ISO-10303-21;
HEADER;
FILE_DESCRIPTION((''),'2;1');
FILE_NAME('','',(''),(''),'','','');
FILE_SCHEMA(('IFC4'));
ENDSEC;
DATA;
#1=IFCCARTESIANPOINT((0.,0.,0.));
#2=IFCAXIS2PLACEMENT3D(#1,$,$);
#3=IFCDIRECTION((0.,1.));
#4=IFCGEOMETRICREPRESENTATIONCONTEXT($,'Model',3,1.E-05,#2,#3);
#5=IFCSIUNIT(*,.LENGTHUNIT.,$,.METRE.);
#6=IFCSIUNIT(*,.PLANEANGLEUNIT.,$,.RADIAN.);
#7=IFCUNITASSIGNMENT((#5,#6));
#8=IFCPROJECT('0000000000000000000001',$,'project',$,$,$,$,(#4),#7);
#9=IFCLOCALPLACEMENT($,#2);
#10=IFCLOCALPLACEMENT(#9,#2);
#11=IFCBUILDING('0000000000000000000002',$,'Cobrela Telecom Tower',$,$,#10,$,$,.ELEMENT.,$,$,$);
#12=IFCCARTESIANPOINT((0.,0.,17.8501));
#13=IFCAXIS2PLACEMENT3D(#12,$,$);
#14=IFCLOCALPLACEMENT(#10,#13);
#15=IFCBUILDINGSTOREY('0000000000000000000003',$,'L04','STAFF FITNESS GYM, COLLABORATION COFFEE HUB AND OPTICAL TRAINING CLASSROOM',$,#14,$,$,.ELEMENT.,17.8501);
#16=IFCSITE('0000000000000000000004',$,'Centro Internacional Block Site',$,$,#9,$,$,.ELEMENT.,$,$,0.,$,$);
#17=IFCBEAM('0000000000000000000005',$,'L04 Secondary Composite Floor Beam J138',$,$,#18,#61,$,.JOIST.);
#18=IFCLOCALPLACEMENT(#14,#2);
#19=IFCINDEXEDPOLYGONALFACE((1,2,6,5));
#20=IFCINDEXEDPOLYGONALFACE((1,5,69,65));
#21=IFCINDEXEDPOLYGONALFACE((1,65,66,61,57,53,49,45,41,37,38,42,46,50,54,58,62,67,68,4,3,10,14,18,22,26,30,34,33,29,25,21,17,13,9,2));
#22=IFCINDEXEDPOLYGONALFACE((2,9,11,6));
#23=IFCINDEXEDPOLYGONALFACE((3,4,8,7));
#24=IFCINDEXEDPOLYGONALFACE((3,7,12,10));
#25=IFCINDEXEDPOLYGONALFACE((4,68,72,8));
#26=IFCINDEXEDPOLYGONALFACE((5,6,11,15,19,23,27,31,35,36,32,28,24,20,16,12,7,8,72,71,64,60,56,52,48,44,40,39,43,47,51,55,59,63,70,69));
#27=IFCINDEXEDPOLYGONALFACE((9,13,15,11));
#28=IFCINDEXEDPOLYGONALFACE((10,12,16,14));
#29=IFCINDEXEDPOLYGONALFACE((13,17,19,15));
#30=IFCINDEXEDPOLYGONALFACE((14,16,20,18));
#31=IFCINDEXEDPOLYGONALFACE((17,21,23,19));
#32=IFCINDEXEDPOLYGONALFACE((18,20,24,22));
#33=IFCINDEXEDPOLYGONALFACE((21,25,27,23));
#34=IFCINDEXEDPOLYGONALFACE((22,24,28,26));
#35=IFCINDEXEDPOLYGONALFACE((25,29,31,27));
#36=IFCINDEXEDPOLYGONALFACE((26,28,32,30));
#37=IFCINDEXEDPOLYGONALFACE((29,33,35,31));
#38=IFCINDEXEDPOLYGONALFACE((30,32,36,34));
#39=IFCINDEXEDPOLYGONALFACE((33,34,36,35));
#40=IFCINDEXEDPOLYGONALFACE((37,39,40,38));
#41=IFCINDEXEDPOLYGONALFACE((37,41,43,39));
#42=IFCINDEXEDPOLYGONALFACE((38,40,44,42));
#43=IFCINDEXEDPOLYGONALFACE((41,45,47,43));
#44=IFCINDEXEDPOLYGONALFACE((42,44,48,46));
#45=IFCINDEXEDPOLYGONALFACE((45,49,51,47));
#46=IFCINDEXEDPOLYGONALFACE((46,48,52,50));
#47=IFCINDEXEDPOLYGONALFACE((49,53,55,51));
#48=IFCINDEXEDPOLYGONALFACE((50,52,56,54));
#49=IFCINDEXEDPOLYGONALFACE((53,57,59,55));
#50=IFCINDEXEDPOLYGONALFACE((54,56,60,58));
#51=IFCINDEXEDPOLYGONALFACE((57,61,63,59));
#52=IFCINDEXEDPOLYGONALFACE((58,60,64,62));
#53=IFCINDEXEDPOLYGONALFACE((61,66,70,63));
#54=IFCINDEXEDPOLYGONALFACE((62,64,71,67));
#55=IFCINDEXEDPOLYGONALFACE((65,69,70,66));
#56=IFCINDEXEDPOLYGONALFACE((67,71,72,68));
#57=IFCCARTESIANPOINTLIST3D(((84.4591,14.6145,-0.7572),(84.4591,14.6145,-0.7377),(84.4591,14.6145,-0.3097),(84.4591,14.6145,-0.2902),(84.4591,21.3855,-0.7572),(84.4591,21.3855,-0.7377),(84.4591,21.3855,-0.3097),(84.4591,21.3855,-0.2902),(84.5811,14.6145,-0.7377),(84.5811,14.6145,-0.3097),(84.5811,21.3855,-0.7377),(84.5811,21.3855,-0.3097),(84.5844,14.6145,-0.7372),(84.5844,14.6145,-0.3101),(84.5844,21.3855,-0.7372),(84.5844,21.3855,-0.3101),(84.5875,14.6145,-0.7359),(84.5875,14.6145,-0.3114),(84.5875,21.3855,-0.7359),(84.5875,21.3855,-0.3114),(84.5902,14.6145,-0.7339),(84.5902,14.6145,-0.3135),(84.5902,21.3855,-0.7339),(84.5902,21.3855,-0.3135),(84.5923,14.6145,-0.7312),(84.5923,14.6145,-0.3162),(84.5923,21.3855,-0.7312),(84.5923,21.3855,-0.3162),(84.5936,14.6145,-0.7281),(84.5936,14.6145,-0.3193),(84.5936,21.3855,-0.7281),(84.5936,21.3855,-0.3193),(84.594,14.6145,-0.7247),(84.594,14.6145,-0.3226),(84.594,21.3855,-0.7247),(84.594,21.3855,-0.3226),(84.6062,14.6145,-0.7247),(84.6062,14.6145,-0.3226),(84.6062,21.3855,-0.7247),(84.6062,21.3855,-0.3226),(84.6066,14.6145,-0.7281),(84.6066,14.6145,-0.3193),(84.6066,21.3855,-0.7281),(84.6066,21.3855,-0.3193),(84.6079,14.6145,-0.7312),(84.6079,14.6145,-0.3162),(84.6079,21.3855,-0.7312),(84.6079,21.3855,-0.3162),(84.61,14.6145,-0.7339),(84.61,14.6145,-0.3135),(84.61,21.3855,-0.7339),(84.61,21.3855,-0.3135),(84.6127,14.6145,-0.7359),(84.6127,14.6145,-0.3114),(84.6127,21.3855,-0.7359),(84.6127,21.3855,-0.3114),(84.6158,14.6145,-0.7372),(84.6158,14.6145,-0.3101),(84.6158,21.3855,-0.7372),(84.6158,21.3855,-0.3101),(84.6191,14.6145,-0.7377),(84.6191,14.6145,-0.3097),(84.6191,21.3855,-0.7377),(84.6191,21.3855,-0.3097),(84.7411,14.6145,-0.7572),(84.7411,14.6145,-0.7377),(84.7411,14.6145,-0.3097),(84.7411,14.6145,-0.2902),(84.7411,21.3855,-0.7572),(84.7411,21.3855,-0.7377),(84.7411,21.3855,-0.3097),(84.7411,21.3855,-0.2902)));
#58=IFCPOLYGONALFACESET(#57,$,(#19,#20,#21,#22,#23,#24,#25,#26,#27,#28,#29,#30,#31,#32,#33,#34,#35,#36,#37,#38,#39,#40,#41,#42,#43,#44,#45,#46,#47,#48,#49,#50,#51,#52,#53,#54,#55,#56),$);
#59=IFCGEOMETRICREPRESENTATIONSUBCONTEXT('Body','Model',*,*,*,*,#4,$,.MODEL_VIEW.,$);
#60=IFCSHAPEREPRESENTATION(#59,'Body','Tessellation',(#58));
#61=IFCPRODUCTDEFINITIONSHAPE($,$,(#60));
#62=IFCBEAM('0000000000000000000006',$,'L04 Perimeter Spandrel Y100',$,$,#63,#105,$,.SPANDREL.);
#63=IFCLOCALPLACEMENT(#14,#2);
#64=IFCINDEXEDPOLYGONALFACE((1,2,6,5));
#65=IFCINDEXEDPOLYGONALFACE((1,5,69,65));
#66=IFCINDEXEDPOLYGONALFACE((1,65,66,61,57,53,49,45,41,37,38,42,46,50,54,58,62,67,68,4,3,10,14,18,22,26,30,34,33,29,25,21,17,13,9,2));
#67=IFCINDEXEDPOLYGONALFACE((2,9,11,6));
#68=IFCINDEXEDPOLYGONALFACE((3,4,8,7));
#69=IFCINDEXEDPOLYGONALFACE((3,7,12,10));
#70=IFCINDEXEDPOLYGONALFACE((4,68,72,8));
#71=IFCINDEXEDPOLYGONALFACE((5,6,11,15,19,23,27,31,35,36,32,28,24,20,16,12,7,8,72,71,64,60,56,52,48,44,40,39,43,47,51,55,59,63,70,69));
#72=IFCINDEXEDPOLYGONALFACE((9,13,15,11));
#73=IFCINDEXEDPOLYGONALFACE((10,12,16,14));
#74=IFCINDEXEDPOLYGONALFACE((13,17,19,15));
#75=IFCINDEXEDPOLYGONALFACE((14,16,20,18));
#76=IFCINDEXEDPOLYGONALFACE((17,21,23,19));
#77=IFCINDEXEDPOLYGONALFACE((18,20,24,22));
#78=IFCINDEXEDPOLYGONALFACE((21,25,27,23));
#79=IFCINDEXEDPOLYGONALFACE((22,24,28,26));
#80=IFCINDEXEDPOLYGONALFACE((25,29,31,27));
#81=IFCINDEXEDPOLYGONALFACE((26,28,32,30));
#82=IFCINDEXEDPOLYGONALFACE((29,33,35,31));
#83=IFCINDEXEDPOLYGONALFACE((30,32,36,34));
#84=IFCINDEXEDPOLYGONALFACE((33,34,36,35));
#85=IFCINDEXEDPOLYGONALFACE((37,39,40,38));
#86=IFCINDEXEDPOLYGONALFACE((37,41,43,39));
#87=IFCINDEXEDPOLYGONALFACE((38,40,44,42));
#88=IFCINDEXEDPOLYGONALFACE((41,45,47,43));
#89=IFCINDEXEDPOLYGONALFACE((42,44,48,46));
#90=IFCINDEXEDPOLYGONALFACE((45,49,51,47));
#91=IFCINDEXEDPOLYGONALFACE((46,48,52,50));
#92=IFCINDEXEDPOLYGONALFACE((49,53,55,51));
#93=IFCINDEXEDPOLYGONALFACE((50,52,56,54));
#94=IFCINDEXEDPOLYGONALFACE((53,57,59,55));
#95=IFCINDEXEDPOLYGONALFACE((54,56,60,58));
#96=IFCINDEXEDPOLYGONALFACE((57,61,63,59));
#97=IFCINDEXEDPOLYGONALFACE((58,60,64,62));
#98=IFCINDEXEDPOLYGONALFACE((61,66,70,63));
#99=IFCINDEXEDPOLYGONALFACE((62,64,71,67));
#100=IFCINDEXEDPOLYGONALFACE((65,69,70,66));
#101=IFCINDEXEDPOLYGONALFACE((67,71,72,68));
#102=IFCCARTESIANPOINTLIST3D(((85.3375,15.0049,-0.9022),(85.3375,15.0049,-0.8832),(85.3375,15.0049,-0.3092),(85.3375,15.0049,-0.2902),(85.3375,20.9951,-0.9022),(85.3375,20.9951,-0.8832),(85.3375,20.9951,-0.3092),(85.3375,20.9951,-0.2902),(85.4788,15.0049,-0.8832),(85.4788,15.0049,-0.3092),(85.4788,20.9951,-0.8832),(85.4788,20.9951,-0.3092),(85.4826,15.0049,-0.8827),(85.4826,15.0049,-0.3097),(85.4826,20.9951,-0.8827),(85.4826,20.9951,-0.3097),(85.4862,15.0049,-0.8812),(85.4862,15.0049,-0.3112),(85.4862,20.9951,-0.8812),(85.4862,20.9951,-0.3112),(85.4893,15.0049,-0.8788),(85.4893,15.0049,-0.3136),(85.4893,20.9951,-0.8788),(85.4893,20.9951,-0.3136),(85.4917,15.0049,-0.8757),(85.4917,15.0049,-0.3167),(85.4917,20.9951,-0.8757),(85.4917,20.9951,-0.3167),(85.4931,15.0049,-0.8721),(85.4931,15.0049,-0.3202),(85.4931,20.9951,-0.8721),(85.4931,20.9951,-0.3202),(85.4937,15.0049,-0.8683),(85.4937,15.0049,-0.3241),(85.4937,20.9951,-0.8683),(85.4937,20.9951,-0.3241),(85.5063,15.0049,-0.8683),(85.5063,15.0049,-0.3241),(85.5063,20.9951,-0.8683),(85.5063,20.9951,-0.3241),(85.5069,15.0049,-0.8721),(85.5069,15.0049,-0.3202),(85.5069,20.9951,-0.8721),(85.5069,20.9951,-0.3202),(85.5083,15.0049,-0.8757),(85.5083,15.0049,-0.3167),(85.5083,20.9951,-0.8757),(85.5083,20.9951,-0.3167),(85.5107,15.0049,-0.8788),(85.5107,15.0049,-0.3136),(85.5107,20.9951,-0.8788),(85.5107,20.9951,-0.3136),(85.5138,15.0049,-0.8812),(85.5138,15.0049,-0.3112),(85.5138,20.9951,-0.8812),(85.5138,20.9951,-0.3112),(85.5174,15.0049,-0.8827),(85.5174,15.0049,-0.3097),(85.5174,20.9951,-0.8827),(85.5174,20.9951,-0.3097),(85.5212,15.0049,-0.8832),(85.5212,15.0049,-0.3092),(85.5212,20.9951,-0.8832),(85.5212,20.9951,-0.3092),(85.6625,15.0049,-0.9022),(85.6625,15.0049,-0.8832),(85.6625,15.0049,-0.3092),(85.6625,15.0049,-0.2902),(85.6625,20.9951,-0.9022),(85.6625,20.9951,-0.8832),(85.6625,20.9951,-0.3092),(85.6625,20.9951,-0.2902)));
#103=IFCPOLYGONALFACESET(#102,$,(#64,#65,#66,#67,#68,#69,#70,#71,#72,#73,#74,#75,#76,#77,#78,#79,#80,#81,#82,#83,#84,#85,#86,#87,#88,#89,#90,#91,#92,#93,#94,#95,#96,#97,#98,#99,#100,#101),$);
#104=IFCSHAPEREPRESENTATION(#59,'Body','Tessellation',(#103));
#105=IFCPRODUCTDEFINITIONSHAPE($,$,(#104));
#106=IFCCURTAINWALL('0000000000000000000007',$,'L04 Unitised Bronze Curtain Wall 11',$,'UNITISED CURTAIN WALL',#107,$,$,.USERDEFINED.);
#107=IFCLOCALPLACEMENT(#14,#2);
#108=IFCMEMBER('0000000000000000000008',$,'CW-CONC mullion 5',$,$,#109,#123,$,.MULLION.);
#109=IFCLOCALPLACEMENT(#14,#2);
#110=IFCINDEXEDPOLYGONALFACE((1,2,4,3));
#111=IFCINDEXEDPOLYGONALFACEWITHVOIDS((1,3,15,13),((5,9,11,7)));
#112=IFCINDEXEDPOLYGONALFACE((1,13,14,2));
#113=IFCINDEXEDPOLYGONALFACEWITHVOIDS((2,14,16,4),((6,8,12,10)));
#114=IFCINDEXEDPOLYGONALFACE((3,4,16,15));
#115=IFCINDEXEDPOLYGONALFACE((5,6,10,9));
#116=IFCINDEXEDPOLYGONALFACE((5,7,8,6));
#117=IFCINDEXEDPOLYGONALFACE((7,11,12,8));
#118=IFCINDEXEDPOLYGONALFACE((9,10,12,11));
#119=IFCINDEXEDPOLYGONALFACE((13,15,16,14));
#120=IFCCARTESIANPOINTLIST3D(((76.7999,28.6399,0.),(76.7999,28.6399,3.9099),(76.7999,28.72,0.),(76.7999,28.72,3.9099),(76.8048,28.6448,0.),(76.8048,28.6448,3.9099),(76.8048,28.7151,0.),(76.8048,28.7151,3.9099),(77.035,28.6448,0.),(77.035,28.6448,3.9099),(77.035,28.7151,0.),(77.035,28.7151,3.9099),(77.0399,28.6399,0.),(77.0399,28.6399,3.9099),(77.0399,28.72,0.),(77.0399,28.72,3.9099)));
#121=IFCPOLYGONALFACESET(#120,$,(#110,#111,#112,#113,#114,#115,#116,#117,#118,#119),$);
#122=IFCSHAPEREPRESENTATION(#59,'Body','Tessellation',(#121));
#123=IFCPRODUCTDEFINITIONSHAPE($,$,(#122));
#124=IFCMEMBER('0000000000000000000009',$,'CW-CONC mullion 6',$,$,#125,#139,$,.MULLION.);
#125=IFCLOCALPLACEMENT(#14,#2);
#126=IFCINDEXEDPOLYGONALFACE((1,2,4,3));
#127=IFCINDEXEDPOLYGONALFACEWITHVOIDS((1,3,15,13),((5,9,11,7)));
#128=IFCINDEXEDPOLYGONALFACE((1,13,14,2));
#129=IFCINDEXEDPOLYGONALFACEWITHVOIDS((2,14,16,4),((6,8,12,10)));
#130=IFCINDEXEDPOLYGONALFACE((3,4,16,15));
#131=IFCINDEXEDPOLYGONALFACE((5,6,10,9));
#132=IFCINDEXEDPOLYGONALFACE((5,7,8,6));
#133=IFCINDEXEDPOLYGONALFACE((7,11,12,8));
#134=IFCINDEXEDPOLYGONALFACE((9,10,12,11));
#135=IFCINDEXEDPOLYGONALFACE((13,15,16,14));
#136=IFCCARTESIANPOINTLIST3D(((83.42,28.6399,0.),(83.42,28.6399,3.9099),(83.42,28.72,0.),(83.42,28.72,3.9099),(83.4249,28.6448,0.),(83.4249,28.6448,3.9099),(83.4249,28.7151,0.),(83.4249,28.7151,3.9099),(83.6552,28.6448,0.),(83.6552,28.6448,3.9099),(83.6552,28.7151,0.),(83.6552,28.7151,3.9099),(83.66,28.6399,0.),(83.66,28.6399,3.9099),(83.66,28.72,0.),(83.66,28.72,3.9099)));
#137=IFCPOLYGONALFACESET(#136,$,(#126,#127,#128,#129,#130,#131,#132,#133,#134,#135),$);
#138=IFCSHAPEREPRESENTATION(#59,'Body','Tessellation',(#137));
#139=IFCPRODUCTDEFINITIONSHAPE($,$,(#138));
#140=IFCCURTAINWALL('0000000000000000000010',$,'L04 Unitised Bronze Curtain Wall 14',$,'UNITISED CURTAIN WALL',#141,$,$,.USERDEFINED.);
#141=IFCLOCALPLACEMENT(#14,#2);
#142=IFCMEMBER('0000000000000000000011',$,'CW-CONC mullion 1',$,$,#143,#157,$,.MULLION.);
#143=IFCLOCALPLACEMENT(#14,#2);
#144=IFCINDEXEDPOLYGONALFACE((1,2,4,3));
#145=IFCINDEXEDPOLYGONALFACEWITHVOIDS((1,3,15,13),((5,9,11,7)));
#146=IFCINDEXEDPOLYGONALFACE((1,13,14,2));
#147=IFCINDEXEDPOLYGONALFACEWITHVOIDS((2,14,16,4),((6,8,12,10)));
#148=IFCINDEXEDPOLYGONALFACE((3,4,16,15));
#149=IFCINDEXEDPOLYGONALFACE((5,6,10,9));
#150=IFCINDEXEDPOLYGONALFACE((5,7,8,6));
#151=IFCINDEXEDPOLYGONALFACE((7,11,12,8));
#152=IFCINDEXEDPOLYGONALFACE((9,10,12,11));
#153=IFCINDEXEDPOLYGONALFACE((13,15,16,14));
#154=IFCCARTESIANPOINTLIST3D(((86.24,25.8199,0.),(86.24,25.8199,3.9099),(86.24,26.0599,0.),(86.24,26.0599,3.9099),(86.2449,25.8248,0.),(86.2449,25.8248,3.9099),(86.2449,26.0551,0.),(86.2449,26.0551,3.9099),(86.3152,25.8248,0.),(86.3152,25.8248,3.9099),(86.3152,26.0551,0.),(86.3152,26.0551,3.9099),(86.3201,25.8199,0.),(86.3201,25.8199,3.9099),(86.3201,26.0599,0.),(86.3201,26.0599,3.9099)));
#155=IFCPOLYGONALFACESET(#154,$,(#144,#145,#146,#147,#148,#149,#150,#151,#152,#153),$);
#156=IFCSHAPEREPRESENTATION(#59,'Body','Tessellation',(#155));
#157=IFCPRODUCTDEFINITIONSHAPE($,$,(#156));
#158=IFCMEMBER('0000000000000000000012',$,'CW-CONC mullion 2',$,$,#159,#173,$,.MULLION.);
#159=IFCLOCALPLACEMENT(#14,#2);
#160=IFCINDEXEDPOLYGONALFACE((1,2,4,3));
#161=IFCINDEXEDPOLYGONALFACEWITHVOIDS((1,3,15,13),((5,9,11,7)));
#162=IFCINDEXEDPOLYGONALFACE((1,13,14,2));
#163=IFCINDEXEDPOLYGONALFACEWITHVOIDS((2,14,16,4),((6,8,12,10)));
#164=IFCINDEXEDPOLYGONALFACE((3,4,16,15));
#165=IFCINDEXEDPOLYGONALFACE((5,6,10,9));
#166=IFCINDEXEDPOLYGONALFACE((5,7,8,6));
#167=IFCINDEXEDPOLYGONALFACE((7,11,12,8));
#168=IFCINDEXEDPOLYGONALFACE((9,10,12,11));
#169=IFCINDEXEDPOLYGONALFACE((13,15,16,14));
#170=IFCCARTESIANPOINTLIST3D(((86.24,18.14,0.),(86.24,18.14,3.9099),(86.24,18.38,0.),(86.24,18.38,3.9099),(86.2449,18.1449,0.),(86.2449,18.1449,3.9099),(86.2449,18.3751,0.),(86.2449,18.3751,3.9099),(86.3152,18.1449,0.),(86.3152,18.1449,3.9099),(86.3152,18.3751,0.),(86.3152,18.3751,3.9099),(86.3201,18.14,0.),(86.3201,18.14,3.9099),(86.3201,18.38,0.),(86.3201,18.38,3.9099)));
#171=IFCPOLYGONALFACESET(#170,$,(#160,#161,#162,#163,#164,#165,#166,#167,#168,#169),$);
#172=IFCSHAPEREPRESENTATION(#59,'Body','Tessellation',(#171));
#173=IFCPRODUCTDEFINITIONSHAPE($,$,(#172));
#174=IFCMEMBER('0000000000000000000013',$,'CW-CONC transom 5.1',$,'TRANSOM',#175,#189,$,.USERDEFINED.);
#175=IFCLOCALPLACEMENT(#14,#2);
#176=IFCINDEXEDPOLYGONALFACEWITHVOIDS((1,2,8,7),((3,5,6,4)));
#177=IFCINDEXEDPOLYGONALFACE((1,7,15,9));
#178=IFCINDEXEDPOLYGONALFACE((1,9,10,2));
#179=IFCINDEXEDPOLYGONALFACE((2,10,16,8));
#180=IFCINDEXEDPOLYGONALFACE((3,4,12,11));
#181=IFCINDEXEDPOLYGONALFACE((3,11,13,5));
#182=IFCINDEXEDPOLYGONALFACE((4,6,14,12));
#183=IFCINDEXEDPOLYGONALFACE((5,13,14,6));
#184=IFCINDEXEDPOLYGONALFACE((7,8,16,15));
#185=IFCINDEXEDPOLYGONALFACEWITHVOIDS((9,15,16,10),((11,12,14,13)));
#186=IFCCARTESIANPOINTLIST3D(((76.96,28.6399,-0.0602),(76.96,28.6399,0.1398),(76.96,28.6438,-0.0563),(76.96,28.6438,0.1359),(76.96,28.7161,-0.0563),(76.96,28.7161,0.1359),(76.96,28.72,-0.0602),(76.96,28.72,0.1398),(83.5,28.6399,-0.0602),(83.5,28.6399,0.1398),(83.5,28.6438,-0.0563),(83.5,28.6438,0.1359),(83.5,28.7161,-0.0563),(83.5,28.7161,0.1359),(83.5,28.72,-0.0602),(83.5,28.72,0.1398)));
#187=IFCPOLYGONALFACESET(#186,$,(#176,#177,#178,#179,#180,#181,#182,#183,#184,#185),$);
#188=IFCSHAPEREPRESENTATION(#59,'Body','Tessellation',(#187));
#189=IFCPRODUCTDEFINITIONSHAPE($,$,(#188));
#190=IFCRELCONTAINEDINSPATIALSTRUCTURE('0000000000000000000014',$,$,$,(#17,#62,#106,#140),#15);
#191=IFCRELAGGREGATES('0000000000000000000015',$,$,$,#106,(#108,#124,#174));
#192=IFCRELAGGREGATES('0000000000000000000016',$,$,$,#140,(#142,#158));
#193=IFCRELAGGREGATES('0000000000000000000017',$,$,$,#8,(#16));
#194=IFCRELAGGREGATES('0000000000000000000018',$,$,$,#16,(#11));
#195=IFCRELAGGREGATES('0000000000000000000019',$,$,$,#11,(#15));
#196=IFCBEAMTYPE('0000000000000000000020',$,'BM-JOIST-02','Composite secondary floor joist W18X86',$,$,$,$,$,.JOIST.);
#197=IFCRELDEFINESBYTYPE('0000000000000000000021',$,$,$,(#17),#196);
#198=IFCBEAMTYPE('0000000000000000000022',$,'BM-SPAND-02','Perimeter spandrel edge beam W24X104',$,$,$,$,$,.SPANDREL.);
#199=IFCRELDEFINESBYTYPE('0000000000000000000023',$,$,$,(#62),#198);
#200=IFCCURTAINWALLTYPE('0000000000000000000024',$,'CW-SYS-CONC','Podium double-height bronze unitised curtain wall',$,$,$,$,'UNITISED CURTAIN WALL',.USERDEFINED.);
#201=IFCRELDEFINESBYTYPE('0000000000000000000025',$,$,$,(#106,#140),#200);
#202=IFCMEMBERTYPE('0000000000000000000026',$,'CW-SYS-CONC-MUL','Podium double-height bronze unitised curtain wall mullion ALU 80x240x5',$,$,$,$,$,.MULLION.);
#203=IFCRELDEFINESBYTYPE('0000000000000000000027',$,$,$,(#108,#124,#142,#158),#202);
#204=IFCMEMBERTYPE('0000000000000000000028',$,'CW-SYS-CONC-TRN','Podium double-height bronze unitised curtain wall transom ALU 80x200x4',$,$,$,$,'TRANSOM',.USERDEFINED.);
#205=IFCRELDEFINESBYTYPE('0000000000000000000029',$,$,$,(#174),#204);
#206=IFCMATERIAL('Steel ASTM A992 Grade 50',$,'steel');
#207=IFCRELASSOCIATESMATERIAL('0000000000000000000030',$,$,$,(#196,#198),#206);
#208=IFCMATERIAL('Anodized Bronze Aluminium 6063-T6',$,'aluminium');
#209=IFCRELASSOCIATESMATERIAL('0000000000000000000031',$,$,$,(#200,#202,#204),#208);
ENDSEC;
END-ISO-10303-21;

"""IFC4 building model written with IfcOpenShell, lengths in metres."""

from ifc_helpers import new_model, si_unit, direction, frame, origin, origin_2d, place, context, subcontext, project, spatial, hollow_rectangle, i_section, extrude, material, material_profile, profile_set, type_object, element, aggregate, save


model = new_model("IFC4")

# Units and contexts
model_context = context("Model", 3, precision=1e-05, world=origin(), true_north=direction((0.0, 1.0)))
body_context = subcontext(model_context, "Body", "Model", "MODEL_VIEW")
ifc_project = project(units=[si_unit("LENGTHUNIT", "METRE"), si_unit("PLANEANGLEUNIT", "RADIAN")], contexts=[model_context])

# Site, building, storey
site_placement = place(None, origin())
site = spatial("IfcSite", under=ifc_project, at=site_placement, Name="Centro Internacional Block Site", CompositionType="ELEMENT", RefElevation=0.0)
building_placement = place(site_placement, origin())
building = spatial("IfcBuilding", under=site, at=building_placement, Name="Cobrela Telecom Tower", CompositionType="ELEMENT")
storey_placement = place(building_placement, frame((0.0, 0.0, 17.8501)))
storey = spatial("IfcBuildingStorey", under=building, at=storey_placement, Name="L04", Description="STAFF FITNESS GYM, COLLABORATION COFFEE HUB AND OPTICAL TRAINING CLASSROOM", CompositionType="ELEMENT", Elevation=17.8501)

# Beams
ifc_material_1 = material(Name="Steel ASTM A992 Grade 50", Category="steel")
ifc_material_profile_1 = material_profile(ifc_material_1, i_section(OverallWidth=0.282, OverallDepth=0.467, WebThickness=0.0122, FlangeThickness=0.0195, FilletRadius=0.0129, at=origin_2d()), Name="W18X86")
ifc_profile_set_1 = profile_set([ifc_material_profile_1], Name="Steel ASTM A992 Grade 50")
beam_type_1 = type_object("IfcBeamType", Name="BM-JOIST-02", Description="Composite secondary floor joist W18X86", PredefinedType="JOIST", material=ifc_profile_set_1)
for number, where, z_axis, x_axis, name in (
    (1, (84.6001, 14.6145, -0.5237), (0.0, 1.0, 0.0), (-1.0, 0.0, 0.0), "L04 Secondary Composite Floor Beam J138"),
):
    element("IfcBeam", number, at=place(storey_placement, frame(where, z_axis=z_axis, x_axis=x_axis)), inside=storey, type_object=beam_type_1, Name=name, PredefinedType="JOIST", context=body_context, shape_type="SweptSolid", body=[
        extrude(i_section(OverallWidth=0.282, OverallDepth=0.467, WebThickness=0.0122, FlangeThickness=0.0195, FilletRadius=0.0129, at=origin_2d()), origin(), (0.0, 0.0, 1.0), 6.771),
    ])
ifc_material_profile_2 = material_profile(ifc_material_1, i_section(OverallWidth=0.325, OverallDepth=0.6121, WebThickness=0.0127, FlangeThickness=0.019, FilletRadius=0.0149, at=origin_2d()), Name="W24X104")
ifc_profile_set_2 = profile_set([ifc_material_profile_2], Name="Steel ASTM A992 Grade 50")
beam_type_2 = type_object("IfcBeamType", Name="BM-SPAND-02", Description="Perimeter spandrel edge beam W24X104", PredefinedType="SPANDREL", material=ifc_profile_set_2)
beam_1_placement = place(storey_placement, frame((85.5, 15.0049, -0.5962), z_axis=(0.0, 1.0, 0.0), x_axis=(-1.0, 0.0, 0.0)))
element("IfcBeam", 2, at=beam_1_placement, inside=storey, type_object=beam_type_2, Name="L04 Perimeter Spandrel Y100", PredefinedType="SPANDREL", context=body_context, shape_type="SweptSolid", body=[
    extrude(i_section(OverallWidth=0.325, OverallDepth=0.6121, WebThickness=0.0127, FlangeThickness=0.019, FilletRadius=0.0149, at=origin_2d()), origin(), (0.0, 0.0, 1.0), 5.9902),
])

# Curtain walls, members
ifc_material_2 = material(Name="Anodized Bronze Aluminium 6063-T6", Category="aluminium")
curtain_wall_type = type_object("IfcCurtainWallType", Name="CW-SYS-CONC", Description="Podium double-height bronze unitised curtain wall", ElementType="UNITISED CURTAIN WALL", PredefinedType="USERDEFINED", material=ifc_material_2)
curtain_wall_1_placement = place(storey_placement, origin())
curtain_wall_1 = element("IfcCurtainWall", 3, at=curtain_wall_1_placement, inside=storey, type_object=curtain_wall_type, Name="L04 Unitised Bronze Curtain Wall 11", ObjectType="UNITISED CURTAIN WALL", PredefinedType="USERDEFINED")
ifc_material_profile_3 = material_profile(ifc_material_2, hollow_rectangle(XDim=0.0801, YDim=0.24, WallThickness=0.0049, at=origin_2d()), Name="ALU 80x240x5")
ifc_profile_set_3 = profile_set([ifc_material_profile_3], Name="Anodized Bronze Aluminium 6063-T6")
member_type_1 = type_object("IfcMemberType", Name="CW-SYS-CONC-MUL", Description="Podium double-height bronze unitised curtain wall mullion ALU 80x240x5", PredefinedType="MULLION", material=ifc_profile_set_3)
member_1_placement = place(storey_placement, frame((76.9199, 28.6799, 0.0), z_axis=(0.0, 0.0, 1.0), x_axis=(0.0, 1.0, 0.0)))
member_1 = element("IfcMember", 4, at=member_1_placement, type_object=member_type_1, Name="CW-CONC mullion 5", PredefinedType="MULLION", context=body_context, shape_type="SweptSolid", body=[
    extrude(hollow_rectangle(XDim=0.0801, YDim=0.24, WallThickness=0.0049, at=origin_2d()), origin(), (0.0, 0.0, 1.0), 3.9099),
])
member_2_placement = place(storey_placement, frame((83.54, 28.6799, 0.0), z_axis=(0.0, 0.0, 1.0), x_axis=(0.0, 1.0, 0.0)))
member_2 = element("IfcMember", 5, at=member_2_placement, type_object=member_type_1, Name="CW-CONC mullion 6", PredefinedType="MULLION", context=body_context, shape_type="SweptSolid", body=[
    extrude(hollow_rectangle(XDim=0.0801, YDim=0.24, WallThickness=0.0049, at=origin_2d()), origin(), (0.0, 0.0, 1.0), 3.9099),
])
curtain_wall_2_placement = place(storey_placement, origin())
curtain_wall_2 = element("IfcCurtainWall", 6, at=curtain_wall_2_placement, inside=storey, type_object=curtain_wall_type, Name="L04 Unitised Bronze Curtain Wall 14", ObjectType="UNITISED CURTAIN WALL", PredefinedType="USERDEFINED")
member_3_placement = place(storey_placement, frame((86.28, 25.9399, 0.0), z_axis=(0.0, 0.0, 1.0), x_axis=(1.0, 0.0, 0.0)))
member_3 = element("IfcMember", 7, at=member_3_placement, type_object=member_type_1, Name="CW-CONC mullion 1", PredefinedType="MULLION", context=body_context, shape_type="SweptSolid", body=[
    extrude(hollow_rectangle(XDim=0.0801, YDim=0.24, WallThickness=0.0049, at=origin_2d()), origin(), (0.0, 0.0, 1.0), 3.9099),
])
member_4_placement = place(storey_placement, frame((86.28, 18.26, 0.0), z_axis=(0.0, 0.0, 1.0), x_axis=(1.0, 0.0, 0.0)))
member_4 = element("IfcMember", 8, at=member_4_placement, type_object=member_type_1, Name="CW-CONC mullion 2", PredefinedType="MULLION", context=body_context, shape_type="SweptSolid", body=[
    extrude(hollow_rectangle(XDim=0.0801, YDim=0.24, WallThickness=0.0049, at=origin_2d()), origin(), (0.0, 0.0, 1.0), 3.9099),
])

# Member
ifc_material_profile_4 = material_profile(ifc_material_2, hollow_rectangle(XDim=0.0801, YDim=0.2, WallThickness=0.0039, at=origin_2d()), Name="ALU 80x200x4")
ifc_profile_set_4 = profile_set([ifc_material_profile_4], Name="Anodized Bronze Aluminium 6063-T6")
member_type_2 = type_object("IfcMemberType", Name="CW-SYS-CONC-TRN", Description="Podium double-height bronze unitised curtain wall transom ALU 80x200x4", ElementType="TRANSOM", PredefinedType="USERDEFINED", material=ifc_profile_set_4)
member_5_placement = place(storey_placement, frame((76.96, 28.6799, 0.0398), z_axis=(1.0, 0.0, 0.0), x_axis=(0.0, 1.0, 0.0)))
member_5 = element("IfcMember", 9, at=member_5_placement, type_object=member_type_2, Name="CW-CONC transom 5.1", ObjectType="TRANSOM", PredefinedType="USERDEFINED", context=body_context, shape_type="SweptSolid", body=[
    extrude(hollow_rectangle(XDim=0.0801, YDim=0.2, WallThickness=0.0039, at=origin_2d()), origin(), (0.0, 0.0, 1.0), 6.54),
])

aggregate(curtain_wall_1, [member_1, member_2, member_5])
aggregate(curtain_wall_2, [member_3, member_4])

save(model, "model.ifc")
